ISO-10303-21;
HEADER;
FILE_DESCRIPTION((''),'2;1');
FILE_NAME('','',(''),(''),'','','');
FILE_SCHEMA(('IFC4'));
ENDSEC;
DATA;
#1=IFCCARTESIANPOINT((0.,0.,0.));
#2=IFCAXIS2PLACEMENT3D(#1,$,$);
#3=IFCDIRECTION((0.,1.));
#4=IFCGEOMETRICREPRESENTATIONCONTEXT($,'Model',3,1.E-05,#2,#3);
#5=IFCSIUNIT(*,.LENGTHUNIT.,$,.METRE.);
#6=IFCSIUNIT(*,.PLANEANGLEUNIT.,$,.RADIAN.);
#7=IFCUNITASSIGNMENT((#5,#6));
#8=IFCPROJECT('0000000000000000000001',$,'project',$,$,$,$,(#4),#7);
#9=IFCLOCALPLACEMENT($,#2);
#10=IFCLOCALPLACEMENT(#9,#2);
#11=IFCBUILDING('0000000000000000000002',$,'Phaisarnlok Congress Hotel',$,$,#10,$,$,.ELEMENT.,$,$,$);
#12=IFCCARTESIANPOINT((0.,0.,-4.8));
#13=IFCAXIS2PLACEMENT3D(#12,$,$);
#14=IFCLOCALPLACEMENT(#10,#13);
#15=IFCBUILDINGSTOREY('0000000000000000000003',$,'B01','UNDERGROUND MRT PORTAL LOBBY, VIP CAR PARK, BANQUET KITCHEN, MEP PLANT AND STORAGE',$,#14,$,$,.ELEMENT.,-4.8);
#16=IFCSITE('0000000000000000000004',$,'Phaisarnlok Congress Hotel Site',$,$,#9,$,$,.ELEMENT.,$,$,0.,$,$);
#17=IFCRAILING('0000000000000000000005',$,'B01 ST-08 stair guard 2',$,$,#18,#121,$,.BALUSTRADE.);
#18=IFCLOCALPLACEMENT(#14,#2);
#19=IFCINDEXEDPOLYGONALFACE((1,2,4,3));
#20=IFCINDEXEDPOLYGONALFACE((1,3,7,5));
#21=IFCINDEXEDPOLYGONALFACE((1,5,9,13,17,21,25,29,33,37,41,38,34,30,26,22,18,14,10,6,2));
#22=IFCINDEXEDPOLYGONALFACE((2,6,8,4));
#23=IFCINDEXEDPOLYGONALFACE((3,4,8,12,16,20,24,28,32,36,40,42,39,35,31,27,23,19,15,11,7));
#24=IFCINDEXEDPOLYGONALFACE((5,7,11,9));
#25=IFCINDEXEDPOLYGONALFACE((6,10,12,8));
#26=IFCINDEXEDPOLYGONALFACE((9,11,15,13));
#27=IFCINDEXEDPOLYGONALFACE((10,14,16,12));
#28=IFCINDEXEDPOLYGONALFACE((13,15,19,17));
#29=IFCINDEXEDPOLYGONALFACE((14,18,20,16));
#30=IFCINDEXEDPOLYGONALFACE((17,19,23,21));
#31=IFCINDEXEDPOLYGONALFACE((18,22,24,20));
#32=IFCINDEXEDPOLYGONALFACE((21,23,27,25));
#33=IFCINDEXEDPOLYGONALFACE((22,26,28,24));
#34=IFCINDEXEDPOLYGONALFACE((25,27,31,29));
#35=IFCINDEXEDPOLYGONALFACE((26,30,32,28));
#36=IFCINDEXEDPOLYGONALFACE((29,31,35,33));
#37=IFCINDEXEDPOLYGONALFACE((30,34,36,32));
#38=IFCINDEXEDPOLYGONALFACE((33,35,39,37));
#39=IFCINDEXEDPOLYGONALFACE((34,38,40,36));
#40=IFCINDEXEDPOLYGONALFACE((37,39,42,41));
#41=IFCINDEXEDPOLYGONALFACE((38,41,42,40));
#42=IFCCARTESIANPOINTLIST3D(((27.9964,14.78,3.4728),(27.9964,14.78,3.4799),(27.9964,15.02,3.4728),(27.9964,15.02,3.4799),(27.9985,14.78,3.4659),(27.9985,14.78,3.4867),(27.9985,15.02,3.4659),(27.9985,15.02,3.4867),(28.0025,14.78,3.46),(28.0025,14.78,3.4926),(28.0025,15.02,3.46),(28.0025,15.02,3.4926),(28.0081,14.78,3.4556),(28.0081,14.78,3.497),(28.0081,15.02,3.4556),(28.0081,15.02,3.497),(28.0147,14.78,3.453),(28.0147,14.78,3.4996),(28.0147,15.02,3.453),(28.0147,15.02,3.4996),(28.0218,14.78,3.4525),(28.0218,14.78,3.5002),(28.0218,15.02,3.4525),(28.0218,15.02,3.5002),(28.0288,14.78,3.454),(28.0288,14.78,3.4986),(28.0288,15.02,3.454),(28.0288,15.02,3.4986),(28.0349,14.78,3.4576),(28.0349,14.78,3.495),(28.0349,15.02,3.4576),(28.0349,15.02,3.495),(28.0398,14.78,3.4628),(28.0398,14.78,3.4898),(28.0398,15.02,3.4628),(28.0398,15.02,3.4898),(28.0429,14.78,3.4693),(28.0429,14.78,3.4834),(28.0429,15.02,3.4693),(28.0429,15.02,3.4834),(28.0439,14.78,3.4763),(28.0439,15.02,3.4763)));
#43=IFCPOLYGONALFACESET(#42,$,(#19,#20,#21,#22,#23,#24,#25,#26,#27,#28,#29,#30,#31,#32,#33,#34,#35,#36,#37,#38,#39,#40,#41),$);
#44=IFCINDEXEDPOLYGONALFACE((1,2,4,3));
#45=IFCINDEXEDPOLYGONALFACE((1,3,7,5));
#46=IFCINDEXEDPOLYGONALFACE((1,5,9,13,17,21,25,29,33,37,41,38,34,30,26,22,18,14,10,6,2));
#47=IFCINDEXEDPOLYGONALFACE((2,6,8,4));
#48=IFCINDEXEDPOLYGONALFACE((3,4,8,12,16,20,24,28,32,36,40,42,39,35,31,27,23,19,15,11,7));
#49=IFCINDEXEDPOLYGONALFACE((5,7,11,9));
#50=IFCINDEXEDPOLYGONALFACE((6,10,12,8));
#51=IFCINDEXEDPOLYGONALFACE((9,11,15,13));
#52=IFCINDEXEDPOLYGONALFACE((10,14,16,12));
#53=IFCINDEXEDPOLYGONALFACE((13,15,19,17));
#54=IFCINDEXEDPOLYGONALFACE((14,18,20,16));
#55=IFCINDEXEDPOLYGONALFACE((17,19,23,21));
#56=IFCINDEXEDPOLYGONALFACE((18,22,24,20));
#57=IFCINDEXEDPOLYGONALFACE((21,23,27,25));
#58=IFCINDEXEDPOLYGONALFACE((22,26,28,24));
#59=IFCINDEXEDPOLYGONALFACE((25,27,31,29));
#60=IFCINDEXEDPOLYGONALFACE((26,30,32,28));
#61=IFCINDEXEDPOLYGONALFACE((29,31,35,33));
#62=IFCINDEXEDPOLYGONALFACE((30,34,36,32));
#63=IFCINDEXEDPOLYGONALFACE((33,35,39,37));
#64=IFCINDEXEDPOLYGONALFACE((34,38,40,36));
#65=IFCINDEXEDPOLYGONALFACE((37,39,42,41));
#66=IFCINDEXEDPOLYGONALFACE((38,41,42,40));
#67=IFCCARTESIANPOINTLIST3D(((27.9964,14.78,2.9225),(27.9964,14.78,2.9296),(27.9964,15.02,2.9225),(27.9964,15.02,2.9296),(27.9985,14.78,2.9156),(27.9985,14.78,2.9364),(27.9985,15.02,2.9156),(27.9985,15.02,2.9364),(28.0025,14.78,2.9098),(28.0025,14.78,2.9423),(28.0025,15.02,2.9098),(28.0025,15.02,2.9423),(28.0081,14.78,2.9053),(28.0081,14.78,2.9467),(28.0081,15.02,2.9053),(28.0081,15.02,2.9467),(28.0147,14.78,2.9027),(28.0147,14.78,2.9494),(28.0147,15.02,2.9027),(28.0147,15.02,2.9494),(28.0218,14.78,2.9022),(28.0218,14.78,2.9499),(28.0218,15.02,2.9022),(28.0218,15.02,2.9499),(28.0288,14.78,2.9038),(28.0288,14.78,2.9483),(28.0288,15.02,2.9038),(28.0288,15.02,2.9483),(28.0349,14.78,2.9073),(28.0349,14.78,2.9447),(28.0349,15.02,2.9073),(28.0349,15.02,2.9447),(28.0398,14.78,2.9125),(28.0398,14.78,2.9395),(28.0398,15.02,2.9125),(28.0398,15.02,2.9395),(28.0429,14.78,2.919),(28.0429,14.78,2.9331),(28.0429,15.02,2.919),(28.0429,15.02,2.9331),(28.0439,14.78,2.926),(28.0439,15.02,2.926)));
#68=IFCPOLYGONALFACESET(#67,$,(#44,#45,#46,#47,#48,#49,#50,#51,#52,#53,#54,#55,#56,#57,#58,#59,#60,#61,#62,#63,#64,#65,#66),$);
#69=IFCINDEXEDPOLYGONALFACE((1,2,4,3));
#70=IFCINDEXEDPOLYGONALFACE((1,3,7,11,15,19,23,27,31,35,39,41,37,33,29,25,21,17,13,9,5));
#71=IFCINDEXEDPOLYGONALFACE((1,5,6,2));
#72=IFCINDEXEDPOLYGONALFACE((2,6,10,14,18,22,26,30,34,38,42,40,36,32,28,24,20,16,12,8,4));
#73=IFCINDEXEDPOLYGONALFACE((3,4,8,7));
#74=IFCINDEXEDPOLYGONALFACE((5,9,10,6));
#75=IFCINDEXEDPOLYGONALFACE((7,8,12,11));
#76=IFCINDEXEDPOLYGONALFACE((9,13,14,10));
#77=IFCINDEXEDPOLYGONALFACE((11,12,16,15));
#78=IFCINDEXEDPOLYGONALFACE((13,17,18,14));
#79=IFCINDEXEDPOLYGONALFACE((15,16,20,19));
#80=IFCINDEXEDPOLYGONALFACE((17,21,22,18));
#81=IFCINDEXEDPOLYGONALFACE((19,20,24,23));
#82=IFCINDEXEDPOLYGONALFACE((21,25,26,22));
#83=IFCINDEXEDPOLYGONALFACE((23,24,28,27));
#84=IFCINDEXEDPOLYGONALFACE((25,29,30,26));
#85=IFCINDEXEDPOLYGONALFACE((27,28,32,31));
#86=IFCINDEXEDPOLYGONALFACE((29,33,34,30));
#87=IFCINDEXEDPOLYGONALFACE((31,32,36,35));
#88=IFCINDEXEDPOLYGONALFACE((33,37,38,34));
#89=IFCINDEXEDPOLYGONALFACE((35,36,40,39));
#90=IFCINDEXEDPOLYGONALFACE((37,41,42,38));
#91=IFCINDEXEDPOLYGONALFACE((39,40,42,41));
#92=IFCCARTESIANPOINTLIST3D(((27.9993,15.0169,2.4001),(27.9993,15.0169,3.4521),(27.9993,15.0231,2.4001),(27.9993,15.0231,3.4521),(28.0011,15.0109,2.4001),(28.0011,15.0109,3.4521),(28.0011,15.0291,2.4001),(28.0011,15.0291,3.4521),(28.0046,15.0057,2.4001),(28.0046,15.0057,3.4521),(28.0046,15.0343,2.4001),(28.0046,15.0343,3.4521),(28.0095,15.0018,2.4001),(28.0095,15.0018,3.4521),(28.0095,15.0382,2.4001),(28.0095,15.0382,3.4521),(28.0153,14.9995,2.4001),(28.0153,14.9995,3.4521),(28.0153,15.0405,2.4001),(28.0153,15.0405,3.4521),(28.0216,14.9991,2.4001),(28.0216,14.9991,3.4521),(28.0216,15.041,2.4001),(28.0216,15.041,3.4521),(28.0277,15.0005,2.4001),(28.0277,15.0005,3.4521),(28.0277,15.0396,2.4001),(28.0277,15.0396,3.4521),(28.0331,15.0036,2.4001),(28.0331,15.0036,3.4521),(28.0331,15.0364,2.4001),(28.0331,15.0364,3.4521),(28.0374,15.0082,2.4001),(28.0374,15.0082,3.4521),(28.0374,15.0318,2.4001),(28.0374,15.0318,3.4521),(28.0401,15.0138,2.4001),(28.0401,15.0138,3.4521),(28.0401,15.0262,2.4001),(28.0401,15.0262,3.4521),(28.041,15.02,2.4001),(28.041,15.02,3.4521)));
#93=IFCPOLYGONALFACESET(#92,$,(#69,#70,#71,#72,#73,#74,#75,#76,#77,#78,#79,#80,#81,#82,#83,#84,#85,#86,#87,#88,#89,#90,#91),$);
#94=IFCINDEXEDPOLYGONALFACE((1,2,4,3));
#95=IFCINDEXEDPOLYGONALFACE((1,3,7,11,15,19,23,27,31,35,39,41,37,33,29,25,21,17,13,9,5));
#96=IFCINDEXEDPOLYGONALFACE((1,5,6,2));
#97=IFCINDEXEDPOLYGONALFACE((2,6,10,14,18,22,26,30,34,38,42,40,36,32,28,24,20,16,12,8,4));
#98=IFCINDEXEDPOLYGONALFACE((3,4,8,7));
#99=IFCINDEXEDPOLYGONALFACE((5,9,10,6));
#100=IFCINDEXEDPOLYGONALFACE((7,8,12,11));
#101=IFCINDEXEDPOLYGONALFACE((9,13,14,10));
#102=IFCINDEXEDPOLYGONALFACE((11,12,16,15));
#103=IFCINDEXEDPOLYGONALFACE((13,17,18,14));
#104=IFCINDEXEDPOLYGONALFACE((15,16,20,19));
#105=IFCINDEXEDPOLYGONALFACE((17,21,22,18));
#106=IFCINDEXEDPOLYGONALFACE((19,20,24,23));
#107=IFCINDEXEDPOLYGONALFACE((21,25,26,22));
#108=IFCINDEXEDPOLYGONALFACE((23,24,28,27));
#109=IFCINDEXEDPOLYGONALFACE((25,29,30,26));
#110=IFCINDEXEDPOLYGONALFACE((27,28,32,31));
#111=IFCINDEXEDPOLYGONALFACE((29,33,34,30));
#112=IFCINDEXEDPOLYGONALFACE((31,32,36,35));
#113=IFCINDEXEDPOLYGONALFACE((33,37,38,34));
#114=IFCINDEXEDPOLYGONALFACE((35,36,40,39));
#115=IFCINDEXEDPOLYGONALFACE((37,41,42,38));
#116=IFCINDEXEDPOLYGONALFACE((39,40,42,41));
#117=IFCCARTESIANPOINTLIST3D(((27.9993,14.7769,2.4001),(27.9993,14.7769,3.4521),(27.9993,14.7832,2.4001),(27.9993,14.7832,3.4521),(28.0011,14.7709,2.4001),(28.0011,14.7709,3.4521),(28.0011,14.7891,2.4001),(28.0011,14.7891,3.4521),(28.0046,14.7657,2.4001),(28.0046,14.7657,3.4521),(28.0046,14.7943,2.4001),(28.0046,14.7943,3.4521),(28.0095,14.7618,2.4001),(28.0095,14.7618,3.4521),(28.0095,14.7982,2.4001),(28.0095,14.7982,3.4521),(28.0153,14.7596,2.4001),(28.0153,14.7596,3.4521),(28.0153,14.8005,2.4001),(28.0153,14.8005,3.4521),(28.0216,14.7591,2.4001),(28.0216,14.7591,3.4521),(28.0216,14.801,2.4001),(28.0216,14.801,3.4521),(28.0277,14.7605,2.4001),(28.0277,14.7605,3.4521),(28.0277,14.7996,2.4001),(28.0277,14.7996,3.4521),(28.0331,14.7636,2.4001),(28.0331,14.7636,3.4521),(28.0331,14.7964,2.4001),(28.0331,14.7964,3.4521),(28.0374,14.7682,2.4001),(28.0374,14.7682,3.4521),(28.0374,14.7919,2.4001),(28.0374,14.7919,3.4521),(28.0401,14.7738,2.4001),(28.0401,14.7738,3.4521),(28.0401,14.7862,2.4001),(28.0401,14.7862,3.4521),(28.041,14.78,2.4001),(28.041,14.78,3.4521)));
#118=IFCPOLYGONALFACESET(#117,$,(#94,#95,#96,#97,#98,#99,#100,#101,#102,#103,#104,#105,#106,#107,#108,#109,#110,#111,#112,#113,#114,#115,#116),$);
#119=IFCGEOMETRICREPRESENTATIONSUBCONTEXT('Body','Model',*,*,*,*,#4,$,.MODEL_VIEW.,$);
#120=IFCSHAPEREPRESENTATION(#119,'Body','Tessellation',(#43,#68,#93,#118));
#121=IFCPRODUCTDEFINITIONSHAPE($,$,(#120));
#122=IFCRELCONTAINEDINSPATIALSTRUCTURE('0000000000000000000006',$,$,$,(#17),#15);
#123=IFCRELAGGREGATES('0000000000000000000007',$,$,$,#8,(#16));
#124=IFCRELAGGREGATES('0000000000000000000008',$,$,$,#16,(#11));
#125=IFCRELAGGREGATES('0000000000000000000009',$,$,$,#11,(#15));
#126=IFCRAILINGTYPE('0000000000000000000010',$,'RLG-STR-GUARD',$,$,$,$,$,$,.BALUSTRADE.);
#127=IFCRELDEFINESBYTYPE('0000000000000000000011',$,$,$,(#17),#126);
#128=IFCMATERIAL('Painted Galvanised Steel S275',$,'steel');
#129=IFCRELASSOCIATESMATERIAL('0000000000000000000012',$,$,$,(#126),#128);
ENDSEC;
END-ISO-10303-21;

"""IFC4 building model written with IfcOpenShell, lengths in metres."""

from ifc_helpers import new_model, si_unit, direction, frame, origin, origin_2d, place, context, subcontext, project, spatial, circle, extrude, material, type_object, element, save


model = new_model("IFC4")

# Units and contexts
model_context = context("Model", 3, precision=1e-05, world=origin(), true_north=direction((0.0, 1.0)))
body_context = subcontext(model_context, "Body", "Model", "MODEL_VIEW")
ifc_project = project(units=[si_unit("LENGTHUNIT", "METRE"), si_unit("PLANEANGLEUNIT", "RADIAN")], contexts=[model_context])

# Site, building, storey
site_placement = place(None, origin())
site = spatial("IfcSite", under=ifc_project, at=site_placement, Name="Phaisarnlok Congress Hotel Site", CompositionType="ELEMENT", RefElevation=0.0)
building_placement = place(site_placement, origin())
building = spatial("IfcBuilding", under=site, at=building_placement, Name="Phaisarnlok Congress Hotel", CompositionType="ELEMENT")
storey_placement = place(building_placement, frame((0.0, 0.0, -4.8)))
storey = spatial("IfcBuildingStorey", under=building, at=storey_placement, Name="B01", Description="UNDERGROUND MRT PORTAL LOBBY, VIP CAR PARK, BANQUET KITCHEN, MEP PLANT AND STORAGE", CompositionType="ELEMENT", Elevation=-4.8)

# Railing
ifc_material_1 = material(Name="Painted Galvanised Steel S275", Category="steel")
railing_type_1 = type_object("IfcRailingType", Name="RLG-STR-GUARD", PredefinedType="BALUSTRADE", material=ifc_material_1)
railing_1_placement = place(storey_placement, frame((28.02, 15.02, 2.4001)))
element("IfcRailing", 1, at=railing_1_placement, inside=storey, type_object=railing_type_1, Name="B01 ST-08 stair guard 2", PredefinedType="BALUSTRADE", context=body_context, shape_type="SweptSolid", body=[
    extrude(circle(Radius=0.0239, at=origin_2d()), frame((0.0, 0.0, 1.0762), z_axis=(0.0, -1.0, 0.0), x_axis=(1.0, 0.0, 0.0)), (0.0, 0.0, 1.0), 0.24),
    extrude(circle(Radius=0.0239, at=origin_2d()), frame((0.0, 0.0, 0.5259), z_axis=(0.0, -1.0, 0.0), x_axis=(1.0, 0.0, 0.0)), (0.0, 0.0, 1.0), 0.24),
    extrude(circle(Radius=0.021, at=origin_2d()), origin(), (0.0, 0.0, 1.0), 1.052),
    extrude(circle(Radius=0.021, at=origin_2d()), frame((0.0, -0.24, 0.0)), (0.0, 0.0, 1.0), 1.052),
])

save(model, "model.ifc")
